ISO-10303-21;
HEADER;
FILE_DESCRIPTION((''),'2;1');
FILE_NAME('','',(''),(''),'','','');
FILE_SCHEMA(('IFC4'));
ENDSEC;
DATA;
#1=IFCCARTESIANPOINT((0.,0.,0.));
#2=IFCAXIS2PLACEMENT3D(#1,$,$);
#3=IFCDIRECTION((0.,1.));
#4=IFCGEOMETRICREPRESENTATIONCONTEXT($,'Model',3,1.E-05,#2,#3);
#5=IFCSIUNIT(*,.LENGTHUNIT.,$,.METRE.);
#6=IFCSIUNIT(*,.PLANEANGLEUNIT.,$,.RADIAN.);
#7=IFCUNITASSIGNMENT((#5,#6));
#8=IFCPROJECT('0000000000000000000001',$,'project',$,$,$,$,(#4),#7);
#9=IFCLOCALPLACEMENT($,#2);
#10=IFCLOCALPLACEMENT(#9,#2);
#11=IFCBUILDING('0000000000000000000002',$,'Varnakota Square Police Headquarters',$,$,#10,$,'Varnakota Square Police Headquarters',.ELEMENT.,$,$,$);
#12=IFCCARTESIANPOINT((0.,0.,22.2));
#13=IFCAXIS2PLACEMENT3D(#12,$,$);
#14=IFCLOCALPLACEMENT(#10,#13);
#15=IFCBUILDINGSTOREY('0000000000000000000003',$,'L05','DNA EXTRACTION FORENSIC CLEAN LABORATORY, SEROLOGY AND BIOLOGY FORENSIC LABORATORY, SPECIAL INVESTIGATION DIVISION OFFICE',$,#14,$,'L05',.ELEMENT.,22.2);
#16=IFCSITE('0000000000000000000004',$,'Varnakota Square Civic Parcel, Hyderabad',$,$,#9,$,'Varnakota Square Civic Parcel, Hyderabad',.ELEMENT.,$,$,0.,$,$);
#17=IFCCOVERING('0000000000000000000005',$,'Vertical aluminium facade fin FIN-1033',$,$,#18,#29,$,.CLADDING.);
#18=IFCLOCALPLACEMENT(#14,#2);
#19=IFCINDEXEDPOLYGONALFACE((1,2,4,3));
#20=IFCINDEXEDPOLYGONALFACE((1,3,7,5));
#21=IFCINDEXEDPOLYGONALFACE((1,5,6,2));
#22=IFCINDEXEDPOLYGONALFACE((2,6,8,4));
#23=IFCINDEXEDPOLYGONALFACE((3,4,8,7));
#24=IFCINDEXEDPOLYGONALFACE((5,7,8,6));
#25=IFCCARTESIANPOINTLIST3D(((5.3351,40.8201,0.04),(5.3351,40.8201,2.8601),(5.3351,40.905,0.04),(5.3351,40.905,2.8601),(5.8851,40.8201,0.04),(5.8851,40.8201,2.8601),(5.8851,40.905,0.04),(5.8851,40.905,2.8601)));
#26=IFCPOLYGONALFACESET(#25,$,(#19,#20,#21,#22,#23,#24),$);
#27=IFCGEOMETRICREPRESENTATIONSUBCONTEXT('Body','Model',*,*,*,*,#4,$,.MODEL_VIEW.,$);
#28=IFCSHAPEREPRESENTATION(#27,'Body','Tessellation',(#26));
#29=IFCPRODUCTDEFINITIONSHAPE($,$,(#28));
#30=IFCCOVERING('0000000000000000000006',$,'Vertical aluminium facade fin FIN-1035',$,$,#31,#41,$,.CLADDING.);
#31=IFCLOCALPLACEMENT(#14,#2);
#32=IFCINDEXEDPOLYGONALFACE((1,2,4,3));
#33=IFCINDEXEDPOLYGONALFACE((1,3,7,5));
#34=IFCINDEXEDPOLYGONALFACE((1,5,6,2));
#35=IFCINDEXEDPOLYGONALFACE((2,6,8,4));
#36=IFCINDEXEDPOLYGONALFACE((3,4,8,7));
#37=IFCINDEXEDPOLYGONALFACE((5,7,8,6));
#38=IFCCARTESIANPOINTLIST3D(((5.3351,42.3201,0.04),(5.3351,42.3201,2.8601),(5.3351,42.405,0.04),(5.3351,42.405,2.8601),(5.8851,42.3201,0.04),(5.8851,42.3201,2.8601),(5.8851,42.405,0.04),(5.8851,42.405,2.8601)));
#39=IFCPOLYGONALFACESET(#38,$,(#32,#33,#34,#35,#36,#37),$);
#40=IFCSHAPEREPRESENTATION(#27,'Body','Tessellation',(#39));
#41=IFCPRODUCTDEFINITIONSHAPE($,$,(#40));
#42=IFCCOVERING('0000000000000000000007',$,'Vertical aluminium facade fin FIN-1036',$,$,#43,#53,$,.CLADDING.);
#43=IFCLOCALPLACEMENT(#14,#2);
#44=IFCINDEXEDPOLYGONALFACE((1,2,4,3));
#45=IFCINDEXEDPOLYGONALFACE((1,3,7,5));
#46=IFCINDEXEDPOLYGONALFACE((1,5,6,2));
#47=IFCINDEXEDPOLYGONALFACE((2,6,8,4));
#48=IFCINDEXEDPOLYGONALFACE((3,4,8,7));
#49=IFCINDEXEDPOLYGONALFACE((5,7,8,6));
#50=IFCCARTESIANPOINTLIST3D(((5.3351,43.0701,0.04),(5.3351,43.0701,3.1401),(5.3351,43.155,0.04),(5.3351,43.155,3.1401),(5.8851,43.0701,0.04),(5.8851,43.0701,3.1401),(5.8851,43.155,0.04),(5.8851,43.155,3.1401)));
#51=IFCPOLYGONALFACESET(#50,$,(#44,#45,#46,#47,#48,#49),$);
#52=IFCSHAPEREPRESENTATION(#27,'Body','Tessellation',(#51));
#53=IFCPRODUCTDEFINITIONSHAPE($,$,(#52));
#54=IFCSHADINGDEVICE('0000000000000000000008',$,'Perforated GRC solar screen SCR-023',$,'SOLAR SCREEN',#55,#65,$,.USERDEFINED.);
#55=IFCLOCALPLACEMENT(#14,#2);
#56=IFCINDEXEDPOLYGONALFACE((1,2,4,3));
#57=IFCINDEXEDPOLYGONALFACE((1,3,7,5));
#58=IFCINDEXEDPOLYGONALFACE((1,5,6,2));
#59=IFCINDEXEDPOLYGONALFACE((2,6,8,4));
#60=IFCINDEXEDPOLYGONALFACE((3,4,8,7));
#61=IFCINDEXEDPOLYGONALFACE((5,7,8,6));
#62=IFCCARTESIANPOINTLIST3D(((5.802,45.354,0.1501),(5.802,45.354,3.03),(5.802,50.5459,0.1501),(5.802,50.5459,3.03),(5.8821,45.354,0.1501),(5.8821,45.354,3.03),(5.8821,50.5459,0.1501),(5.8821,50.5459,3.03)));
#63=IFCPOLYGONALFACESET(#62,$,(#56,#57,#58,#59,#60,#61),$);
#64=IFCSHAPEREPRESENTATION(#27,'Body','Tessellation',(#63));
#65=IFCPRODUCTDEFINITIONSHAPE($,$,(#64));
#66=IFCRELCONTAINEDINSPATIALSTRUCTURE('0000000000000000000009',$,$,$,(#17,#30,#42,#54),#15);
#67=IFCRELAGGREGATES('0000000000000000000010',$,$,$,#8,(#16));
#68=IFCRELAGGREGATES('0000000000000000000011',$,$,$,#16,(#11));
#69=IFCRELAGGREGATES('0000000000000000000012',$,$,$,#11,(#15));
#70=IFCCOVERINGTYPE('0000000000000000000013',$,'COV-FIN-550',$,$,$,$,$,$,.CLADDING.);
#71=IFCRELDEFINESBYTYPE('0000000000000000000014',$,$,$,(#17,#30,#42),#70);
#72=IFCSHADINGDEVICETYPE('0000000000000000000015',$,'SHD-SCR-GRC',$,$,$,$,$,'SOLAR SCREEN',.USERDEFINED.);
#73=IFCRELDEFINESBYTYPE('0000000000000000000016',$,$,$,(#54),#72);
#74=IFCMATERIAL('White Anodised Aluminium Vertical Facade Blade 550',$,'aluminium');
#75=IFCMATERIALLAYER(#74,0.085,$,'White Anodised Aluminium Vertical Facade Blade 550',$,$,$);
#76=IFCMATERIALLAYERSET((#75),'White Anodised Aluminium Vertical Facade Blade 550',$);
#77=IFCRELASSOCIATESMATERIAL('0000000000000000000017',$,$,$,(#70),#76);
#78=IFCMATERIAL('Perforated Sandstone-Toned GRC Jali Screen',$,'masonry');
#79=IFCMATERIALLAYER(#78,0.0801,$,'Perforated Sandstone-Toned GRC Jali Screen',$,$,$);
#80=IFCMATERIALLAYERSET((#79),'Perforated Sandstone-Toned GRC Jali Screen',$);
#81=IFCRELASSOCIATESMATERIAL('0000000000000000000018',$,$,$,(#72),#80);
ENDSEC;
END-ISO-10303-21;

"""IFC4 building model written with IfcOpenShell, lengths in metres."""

from ifc_helpers import new_model, si_unit, direction, frame, origin, origin_2d, place, context, subcontext, project, spatial, rectangle, extrude, material, layer, layer_set, type_object, element, save


model = new_model("IFC4")

# Units and contexts
model_context = context("Model", 3, precision=1e-05, world=origin(), true_north=direction((0.0, 1.0)))
body_context = subcontext(model_context, "Body", "Model", "MODEL_VIEW")
ifc_project = project(units=[si_unit("LENGTHUNIT", "METRE"), si_unit("PLANEANGLEUNIT", "RADIAN")], contexts=[model_context])

# Site, building, storey
site_placement = place(None, origin())
site = spatial("IfcSite", under=ifc_project, at=site_placement, Name="Varnakota Square Civic Parcel, Hyderabad", LongName="Varnakota Square Civic Parcel, Hyderabad", CompositionType="ELEMENT", RefElevation=0.0)
building_placement = place(site_placement, origin())
building = spatial("IfcBuilding", under=site, at=building_placement, Name="Varnakota Square Police Headquarters", LongName="Varnakota Square Police Headquarters", CompositionType="ELEMENT")
storey_placement = place(building_placement, frame((0.0, 0.0, 22.2)))
storey = spatial("IfcBuildingStorey", under=building, at=storey_placement, Name="L05", Description="DNA EXTRACTION FORENSIC CLEAN LABORATORY, SEROLOGY AND BIOLOGY FORENSIC LABORATORY, SPECIAL INVESTIGATION DIVISION OFFICE", LongName="L05", CompositionType="ELEMENT", Elevation=22.2)

# Coverings
ifc_material_1 = material(Name="White Anodised Aluminium Vertical Facade Blade 550", Category="aluminium")
ifc_layer_1 = layer(ifc_material_1, 0.085, Name="White Anodised Aluminium Vertical Facade Blade 550")
ifc_layer_set_1 = layer_set([ifc_layer_1], Name="White Anodised Aluminium Vertical Facade Blade 550")
covering_type_1 = type_object("IfcCoveringType", Name="COV-FIN-550", PredefinedType="CLADDING", material=ifc_layer_set_1)
for number, where, z_axis, x_axis, name in (
    (1, (5.6101, 40.8625, 0.04), (0.0, 0.0, 1.0), (0.0, 1.0, 0.0), "Vertical aluminium facade fin FIN-1033"),
    (2, (5.6101, 42.3625, 0.04), (0.0, 0.0, 1.0), (0.0, 1.0, 0.0), "Vertical aluminium facade fin FIN-1035"),
):
    element("IfcCovering", number, at=place(storey_placement, frame(where, z_axis=z_axis, x_axis=x_axis)), inside=storey, type_object=covering_type_1, Name=name, PredefinedType="CLADDING", context=body_context, shape_type="SweptSolid", body=[
        extrude(rectangle(XDim=0.085, YDim=0.55, at=origin_2d()), origin(), (0.0, 0.0, 1.0), 2.8201),
    ])
covering_1_placement = place(storey_placement, frame((5.6101, 43.1125, 0.04), z_axis=(0.0, 0.0, 1.0), x_axis=(0.0, 1.0, 0.0)))
element("IfcCovering", 3, at=covering_1_placement, inside=storey, type_object=covering_type_1, Name="Vertical aluminium facade fin FIN-1036", PredefinedType="CLADDING", context=body_context, shape_type="SweptSolid", body=[
    extrude(rectangle(XDim=0.085, YDim=0.55, at=origin_2d()), origin(), (0.0, 0.0, 1.0), 3.1001),
])

# Shading device
ifc_material_2 = material(Name="Perforated Sandstone-Toned GRC Jali Screen", Category="masonry")
ifc_layer_2 = layer(ifc_material_2, 0.0801, Name="Perforated Sandstone-Toned GRC Jali Screen")
ifc_layer_set_2 = layer_set([ifc_layer_2], Name="Perforated Sandstone-Toned GRC Jali Screen")
shading_device_type = type_object("IfcShadingDeviceType", Name="SHD-SCR-GRC", ElementType="SOLAR SCREEN", PredefinedType="USERDEFINED", material=ifc_layer_set_2)
shading_device_placement = place(storey_placement, frame((5.842, 47.95, 0.1501), z_axis=(0.0, 0.0, 1.0), x_axis=(0.0, 1.0, 0.0)))
element("IfcShadingDevice", 4, at=shading_device_placement, inside=storey, type_object=shading_device_type, Name="Perforated GRC solar screen SCR-023", ObjectType="SOLAR SCREEN", PredefinedType="USERDEFINED", context=body_context, shape_type="SweptSolid", body=[
    extrude(rectangle(XDim=5.1919, YDim=0.0801, at=origin_2d()), origin(), (0.0, 0.0, 1.0), 2.8799),
])

save(model, "model.ifc")
